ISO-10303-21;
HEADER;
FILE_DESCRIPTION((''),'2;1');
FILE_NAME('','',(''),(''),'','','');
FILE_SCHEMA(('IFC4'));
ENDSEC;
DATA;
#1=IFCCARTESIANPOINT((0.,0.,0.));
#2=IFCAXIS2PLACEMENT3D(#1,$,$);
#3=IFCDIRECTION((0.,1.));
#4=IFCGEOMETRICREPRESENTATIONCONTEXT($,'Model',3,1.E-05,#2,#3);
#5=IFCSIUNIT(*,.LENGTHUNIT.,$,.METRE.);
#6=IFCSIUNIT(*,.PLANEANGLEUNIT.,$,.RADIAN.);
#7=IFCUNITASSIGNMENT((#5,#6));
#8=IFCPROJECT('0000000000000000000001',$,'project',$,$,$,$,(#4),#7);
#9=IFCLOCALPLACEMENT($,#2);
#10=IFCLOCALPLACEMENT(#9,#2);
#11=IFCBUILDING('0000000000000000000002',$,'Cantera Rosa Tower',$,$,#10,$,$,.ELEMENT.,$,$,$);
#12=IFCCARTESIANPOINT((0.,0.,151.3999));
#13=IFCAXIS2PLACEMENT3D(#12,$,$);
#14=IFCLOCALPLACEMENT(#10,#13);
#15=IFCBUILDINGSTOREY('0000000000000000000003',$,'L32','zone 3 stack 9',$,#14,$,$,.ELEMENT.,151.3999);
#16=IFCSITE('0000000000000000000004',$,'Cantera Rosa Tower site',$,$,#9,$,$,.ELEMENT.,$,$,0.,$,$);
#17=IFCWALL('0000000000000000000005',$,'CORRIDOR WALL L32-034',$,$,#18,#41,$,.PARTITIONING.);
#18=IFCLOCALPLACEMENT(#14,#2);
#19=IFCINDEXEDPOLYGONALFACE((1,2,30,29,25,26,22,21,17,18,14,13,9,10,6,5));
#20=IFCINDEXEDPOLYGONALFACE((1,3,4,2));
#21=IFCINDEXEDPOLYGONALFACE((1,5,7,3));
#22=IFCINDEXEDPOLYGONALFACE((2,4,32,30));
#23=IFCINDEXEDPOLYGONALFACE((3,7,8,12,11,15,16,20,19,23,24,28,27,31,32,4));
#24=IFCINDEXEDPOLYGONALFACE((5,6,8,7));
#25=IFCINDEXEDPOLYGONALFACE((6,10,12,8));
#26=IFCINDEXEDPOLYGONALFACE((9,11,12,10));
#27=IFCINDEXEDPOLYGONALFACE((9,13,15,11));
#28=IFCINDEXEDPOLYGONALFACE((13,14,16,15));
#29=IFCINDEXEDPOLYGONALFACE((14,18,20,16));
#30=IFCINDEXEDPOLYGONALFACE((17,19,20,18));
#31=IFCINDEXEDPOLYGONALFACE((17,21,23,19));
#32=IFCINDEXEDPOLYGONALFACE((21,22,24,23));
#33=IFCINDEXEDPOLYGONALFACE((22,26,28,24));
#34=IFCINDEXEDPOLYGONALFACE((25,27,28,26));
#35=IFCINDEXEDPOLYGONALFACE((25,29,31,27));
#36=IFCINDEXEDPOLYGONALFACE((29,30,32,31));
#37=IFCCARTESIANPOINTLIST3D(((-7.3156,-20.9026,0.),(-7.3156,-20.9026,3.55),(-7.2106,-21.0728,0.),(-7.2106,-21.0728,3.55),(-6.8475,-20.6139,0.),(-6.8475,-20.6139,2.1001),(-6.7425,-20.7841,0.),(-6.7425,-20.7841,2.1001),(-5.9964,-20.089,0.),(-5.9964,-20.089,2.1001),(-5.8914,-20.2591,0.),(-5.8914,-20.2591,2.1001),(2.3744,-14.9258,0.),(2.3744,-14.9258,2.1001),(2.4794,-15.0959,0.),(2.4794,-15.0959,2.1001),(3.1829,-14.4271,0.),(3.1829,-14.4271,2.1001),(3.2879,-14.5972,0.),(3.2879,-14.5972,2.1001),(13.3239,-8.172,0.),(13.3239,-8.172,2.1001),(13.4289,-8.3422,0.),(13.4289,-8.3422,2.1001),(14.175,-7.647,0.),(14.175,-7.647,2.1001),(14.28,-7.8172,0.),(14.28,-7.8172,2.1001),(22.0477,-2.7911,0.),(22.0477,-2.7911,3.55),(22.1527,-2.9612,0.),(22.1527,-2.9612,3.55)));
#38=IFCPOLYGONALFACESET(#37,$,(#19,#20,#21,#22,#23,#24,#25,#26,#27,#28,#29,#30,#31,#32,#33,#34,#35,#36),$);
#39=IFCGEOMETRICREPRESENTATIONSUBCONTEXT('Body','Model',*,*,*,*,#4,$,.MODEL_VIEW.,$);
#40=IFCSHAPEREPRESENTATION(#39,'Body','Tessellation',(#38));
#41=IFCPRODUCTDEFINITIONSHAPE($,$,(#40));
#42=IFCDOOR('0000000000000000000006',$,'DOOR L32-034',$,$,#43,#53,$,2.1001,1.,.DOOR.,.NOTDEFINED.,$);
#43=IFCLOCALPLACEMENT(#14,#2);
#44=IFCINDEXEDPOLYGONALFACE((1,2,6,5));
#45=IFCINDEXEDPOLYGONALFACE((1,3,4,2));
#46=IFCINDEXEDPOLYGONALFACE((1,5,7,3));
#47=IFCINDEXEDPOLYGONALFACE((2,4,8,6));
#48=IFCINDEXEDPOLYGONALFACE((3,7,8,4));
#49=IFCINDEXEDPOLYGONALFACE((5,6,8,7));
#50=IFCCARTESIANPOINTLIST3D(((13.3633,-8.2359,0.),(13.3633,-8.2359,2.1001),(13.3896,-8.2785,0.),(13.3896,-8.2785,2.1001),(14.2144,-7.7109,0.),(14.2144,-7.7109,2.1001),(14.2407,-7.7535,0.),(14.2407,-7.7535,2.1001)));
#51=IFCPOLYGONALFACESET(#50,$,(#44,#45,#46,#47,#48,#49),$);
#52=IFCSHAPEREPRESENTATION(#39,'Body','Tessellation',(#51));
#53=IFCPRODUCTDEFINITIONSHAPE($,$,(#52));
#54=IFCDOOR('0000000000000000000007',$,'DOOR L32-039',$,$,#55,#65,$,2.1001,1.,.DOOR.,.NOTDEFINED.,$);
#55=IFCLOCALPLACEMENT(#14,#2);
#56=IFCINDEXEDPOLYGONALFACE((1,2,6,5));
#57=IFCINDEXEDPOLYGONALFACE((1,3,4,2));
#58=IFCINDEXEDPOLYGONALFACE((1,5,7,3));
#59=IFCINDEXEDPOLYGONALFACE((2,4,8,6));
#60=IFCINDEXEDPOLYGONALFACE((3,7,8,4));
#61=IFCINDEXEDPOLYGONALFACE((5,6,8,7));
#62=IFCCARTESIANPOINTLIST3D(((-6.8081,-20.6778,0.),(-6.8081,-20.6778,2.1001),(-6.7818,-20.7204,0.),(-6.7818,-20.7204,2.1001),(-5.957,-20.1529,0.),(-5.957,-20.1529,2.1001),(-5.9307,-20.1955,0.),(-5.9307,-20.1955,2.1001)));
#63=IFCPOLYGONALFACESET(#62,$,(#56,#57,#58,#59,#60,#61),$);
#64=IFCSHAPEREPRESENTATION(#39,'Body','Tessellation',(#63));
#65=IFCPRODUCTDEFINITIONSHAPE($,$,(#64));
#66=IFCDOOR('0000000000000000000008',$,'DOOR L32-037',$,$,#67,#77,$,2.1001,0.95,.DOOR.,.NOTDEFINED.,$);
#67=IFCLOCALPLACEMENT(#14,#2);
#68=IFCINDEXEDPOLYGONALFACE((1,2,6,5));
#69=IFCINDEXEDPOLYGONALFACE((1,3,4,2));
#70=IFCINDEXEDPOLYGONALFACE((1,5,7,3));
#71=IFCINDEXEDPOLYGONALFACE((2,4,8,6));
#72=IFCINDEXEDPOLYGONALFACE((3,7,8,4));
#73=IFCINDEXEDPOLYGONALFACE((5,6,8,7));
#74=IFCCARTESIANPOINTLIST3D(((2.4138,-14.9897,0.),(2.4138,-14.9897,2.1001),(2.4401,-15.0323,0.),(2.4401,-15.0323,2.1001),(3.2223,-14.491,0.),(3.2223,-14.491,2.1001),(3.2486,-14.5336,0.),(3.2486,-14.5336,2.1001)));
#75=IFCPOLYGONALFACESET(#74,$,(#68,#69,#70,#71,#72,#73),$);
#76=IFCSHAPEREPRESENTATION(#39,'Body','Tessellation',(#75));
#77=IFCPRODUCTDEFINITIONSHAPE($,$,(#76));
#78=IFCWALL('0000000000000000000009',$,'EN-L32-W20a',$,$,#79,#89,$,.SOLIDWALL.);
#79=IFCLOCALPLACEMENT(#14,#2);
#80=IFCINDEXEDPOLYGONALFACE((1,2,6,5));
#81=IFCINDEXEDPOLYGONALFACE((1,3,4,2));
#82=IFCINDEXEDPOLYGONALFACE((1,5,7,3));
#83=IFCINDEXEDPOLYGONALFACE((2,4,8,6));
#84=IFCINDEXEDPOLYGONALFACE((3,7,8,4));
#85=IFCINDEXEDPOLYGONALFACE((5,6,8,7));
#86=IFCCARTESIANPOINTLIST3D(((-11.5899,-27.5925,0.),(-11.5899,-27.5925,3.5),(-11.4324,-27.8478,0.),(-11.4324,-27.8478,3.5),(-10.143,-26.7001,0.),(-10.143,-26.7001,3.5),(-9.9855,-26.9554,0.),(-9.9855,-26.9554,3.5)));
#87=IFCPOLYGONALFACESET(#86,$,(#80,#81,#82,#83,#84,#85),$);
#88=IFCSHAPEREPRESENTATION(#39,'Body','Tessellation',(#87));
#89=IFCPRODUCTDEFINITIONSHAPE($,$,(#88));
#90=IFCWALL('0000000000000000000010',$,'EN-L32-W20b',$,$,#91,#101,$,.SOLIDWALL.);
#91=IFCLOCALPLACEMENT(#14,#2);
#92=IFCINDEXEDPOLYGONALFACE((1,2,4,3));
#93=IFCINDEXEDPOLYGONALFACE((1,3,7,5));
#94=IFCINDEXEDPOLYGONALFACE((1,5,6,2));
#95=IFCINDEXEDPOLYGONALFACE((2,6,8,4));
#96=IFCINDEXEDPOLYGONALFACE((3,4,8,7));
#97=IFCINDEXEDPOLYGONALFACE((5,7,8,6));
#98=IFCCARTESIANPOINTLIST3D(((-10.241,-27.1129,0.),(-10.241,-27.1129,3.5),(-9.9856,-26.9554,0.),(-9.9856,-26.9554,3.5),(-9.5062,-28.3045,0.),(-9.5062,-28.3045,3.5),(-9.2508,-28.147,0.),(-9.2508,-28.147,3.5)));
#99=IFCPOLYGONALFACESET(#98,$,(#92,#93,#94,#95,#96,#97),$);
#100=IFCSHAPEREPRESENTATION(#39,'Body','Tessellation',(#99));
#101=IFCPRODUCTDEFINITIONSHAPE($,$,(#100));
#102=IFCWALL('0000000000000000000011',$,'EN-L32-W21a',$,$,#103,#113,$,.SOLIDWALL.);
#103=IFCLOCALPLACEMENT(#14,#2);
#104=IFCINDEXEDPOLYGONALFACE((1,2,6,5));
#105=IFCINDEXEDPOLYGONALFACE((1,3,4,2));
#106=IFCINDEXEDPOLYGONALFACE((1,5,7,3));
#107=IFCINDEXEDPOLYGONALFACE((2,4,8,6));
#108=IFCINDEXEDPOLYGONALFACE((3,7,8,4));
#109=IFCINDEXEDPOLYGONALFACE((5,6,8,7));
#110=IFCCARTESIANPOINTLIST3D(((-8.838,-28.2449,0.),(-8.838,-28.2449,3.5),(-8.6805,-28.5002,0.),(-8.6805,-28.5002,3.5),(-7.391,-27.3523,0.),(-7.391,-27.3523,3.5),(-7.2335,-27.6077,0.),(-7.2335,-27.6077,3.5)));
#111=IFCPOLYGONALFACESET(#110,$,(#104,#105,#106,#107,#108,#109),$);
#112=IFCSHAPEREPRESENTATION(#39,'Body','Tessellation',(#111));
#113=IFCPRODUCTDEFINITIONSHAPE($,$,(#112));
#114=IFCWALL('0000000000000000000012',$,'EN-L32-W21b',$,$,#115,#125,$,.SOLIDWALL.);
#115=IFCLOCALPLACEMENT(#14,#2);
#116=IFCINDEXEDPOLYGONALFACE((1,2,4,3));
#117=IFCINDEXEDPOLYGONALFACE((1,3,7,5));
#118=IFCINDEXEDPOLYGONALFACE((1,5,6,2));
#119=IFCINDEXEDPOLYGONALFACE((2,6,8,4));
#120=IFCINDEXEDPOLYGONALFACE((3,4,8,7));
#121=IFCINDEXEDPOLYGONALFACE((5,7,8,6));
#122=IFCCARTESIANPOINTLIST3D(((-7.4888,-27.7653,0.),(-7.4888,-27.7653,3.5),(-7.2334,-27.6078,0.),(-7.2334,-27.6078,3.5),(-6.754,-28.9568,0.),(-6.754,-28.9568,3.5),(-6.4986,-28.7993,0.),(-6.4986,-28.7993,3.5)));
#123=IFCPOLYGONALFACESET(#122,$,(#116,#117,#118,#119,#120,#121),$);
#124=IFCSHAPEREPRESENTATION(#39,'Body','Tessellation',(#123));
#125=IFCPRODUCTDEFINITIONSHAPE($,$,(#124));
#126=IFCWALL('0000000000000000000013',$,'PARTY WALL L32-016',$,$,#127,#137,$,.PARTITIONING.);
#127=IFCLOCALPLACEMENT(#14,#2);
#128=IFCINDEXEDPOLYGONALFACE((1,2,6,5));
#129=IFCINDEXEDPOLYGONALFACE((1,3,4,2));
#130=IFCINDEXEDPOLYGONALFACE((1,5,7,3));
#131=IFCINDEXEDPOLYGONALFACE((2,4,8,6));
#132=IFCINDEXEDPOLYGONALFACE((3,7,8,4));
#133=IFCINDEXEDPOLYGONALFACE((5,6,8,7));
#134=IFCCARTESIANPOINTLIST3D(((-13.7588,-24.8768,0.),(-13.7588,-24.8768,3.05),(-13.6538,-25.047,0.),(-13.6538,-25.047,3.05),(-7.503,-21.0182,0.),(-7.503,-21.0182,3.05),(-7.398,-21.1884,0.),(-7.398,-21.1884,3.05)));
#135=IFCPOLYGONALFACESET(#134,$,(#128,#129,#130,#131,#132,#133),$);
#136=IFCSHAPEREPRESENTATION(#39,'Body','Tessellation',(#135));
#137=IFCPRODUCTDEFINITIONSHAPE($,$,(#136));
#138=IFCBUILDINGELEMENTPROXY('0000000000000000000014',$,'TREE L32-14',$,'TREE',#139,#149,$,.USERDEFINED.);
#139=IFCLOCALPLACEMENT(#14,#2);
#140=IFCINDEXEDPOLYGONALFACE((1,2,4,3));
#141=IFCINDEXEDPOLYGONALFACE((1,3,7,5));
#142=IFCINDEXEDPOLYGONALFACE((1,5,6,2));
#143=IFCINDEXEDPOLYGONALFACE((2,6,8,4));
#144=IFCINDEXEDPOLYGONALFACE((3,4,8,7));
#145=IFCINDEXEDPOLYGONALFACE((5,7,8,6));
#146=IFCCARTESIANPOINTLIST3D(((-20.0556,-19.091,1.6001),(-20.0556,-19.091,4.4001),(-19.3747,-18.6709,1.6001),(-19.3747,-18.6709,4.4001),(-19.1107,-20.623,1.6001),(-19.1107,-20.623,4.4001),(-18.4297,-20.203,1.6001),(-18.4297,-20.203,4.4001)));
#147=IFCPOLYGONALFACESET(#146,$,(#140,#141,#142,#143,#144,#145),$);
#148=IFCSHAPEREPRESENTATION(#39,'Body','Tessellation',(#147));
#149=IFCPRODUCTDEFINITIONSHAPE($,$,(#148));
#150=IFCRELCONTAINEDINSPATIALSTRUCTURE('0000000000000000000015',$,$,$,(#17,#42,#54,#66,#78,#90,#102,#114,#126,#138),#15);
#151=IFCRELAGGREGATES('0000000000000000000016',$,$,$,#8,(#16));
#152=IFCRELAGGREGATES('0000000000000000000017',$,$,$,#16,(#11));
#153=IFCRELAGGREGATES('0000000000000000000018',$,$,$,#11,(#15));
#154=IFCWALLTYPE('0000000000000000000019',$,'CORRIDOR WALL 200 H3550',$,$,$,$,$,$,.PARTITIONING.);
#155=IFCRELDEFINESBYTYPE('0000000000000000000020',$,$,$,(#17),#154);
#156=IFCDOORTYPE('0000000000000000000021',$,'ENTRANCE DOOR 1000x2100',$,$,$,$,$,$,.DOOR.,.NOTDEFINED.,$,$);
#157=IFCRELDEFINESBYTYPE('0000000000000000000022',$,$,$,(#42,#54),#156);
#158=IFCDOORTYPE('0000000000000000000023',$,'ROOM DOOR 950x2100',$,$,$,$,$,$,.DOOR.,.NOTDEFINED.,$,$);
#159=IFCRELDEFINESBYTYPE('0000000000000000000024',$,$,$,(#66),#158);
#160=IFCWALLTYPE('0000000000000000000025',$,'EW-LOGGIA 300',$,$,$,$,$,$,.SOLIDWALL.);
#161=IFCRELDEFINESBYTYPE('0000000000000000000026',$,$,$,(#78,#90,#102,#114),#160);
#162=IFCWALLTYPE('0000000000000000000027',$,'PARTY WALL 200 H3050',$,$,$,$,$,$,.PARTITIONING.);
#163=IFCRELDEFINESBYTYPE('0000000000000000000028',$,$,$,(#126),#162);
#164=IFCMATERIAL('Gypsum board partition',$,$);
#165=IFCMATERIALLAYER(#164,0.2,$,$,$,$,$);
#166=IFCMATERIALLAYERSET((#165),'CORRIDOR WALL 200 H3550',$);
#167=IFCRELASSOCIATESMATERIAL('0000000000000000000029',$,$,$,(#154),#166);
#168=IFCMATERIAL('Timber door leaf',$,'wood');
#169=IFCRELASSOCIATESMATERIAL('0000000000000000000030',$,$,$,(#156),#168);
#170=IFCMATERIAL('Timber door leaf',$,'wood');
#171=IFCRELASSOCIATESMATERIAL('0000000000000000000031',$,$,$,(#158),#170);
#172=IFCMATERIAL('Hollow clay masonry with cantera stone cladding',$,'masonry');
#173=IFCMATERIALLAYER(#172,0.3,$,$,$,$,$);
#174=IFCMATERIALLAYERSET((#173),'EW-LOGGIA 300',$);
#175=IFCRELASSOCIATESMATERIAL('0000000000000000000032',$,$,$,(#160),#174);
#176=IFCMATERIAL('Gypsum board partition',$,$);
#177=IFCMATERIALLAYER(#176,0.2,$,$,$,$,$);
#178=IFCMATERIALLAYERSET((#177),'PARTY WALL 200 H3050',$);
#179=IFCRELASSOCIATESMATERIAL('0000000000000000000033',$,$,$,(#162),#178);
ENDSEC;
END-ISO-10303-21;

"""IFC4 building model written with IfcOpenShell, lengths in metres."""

from ifc_helpers import new_model, si_unit, direction, frame, frame_2d, origin, origin_2d, place, context, subcontext, project, spatial, rectangle, extrude, material, layer, layer_set, type_object, element, fill, save


model = new_model("IFC4")

# Units and contexts
model_context = context("Model", 3, precision=1e-05, world=origin(), true_north=direction((0.0, 1.0)))
body_context = subcontext(model_context, "Body", "Model", "MODEL_VIEW")
ifc_project = project(units=[si_unit("LENGTHUNIT", "METRE"), si_unit("PLANEANGLEUNIT", "RADIAN")], contexts=[model_context])

# Site, building, storey
site_placement = place(None, origin())
site = spatial("IfcSite", under=ifc_project, at=site_placement, Name="Cantera Rosa Tower site", CompositionType="ELEMENT", RefElevation=0.0)
building_placement = place(site_placement, origin())
building = spatial("IfcBuilding", under=site, at=building_placement, Name="Cantera Rosa Tower", CompositionType="ELEMENT")
storey_placement = place(building_placement, frame((0.0, 0.0, 151.3999)))
storey = spatial("IfcBuildingStorey", under=building, at=storey_placement, Name="L32", Description="zone 3 stack 9", CompositionType="ELEMENT", Elevation=151.3999)

# Wall, openings, doors
ifc_material_1 = material(Name="Gypsum board partition")
ifc_layer_1 = layer(ifc_material_1, 0.2)
ifc_layer_set_1 = layer_set([ifc_layer_1], Name="CORRIDOR WALL 200 H3550")
wall_type_1 = type_object("IfcWallType", Name="CORRIDOR WALL 200 H3550", PredefinedType="PARTITIONING", material=ifc_layer_set_1)
wall_1_placement = place(storey_placement, frame((-7.2632, -20.9878, 0.0), z_axis=(0.0, 0.0, 1.0), x_axis=(0.851116, 0.524977, 0.0)))
wall_1 = element("IfcWall", 1, at=wall_1_placement, inside=storey, type_object=wall_type_1, Name="CORRIDOR WALL L32-034", PredefinedType="PARTITIONING", context=body_context, shape_type="SweptSolid", body=[
    extrude(rectangle(XDim=34.4998, YDim=0.2, at=frame_2d((17.25, 0.0))), origin(), (0.0, 0.0, 1.0), 3.55),
])
opening_1_placement = place(wall_1_placement, frame((24.25, 0.0, 0.0)))
opening_1 = element("IfcOpeningElement", 2, at=opening_1_placement, cuts=wall_1, PredefinedType="OPENING", context=body_context, shape_type="SweptSolid", body=[
    extrude(rectangle(XDim=1.0, YDim=2.1001, at=frame_2d((0.5, 1.05))), frame((0.0, 0.1099, 0.0), z_axis=(0.0, -1.0, 0.0), x_axis=(1.0, 0.0, 0.0)), (0.0, 0.0, 1.0), 0.22),
])
opening_2_placement = place(wall_1_placement, frame((11.385, 0.0, 0.0)))
opening_2 = element("IfcOpeningElement", 3, at=opening_2_placement, cuts=wall_1, PredefinedType="OPENING", context=body_context, shape_type="SweptSolid", body=[
    extrude(rectangle(XDim=0.95, YDim=2.1001, at=frame_2d((0.4751, 1.05))), frame((0.0, 0.1099, 0.0), z_axis=(0.0, -1.0, 0.0), x_axis=(1.0, 0.0, 0.0)), (0.0, 0.0, 1.0), 0.22),
])
opening_3_placement = place(wall_1_placement, frame((0.55, 0.0, 0.0)))
opening_3 = element("IfcOpeningElement", 4, at=opening_3_placement, cuts=wall_1, PredefinedType="OPENING", context=body_context, shape_type="SweptSolid", body=[
    extrude(rectangle(XDim=1.0, YDim=2.1001, at=frame_2d((0.5, 1.05))), frame((0.0, 0.1099, 0.0), z_axis=(0.0, -1.0, 0.0), x_axis=(1.0, 0.0, 0.0)), (0.0, 0.0, 1.0), 0.22),
])
ifc_material_2 = material(Name="Timber door leaf", Category="wood")
door_type_1 = type_object("IfcDoorType", Name="ENTRANCE DOOR 1000x2100", OperationType="NOTDEFINED", PredefinedType="DOOR", material=ifc_material_2)
door_1_placement = place(opening_1_placement, origin())
door_1 = element("IfcDoor", 5, at=door_1_placement, inside=storey, type_object=door_type_1, Name="DOOR L32-034", OperationType="NOTDEFINED", OverallHeight=2.1001, OverallWidth=1.0, PredefinedType="DOOR", context=body_context, shape_type="SweptSolid", body=[
    extrude(rectangle(XDim=1.0, YDim=2.1001, at=frame_2d((0.5, 1.05))), frame((0.0, 0.0249, 0.0), z_axis=(0.0, -1.0, 0.0), x_axis=(1.0, 0.0, 0.0)), (0.0, 0.0, 1.0), 0.05),
])
fill(opening_1, door_1)
door_2_placement = place(opening_3_placement, origin())
door_2 = element("IfcDoor", 6, at=door_2_placement, inside=storey, type_object=door_type_1, Name="DOOR L32-039", OperationType="NOTDEFINED", OverallHeight=2.1001, OverallWidth=1.0, PredefinedType="DOOR", context=body_context, shape_type="SweptSolid", body=[
    extrude(rectangle(XDim=1.0, YDim=2.1001, at=frame_2d((0.5, 1.05))), frame((0.0, 0.0249, 0.0), z_axis=(0.0, -1.0, 0.0), x_axis=(1.0, 0.0, 0.0)), (0.0, 0.0, 1.0), 0.05),
])
fill(opening_3, door_2)
ifc_material_3 = material(Name="Timber door leaf", Category="wood")
door_type_2 = type_object("IfcDoorType", Name="ROOM DOOR 950x2100", OperationType="NOTDEFINED", PredefinedType="DOOR", material=ifc_material_3)
door_3_placement = place(opening_2_placement, origin())
door_3 = element("IfcDoor", 7, at=door_3_placement, inside=storey, type_object=door_type_2, Name="DOOR L32-037", OperationType="NOTDEFINED", OverallHeight=2.1001, OverallWidth=0.95, PredefinedType="DOOR", context=body_context, shape_type="SweptSolid", body=[
    extrude(rectangle(XDim=0.95, YDim=2.1001, at=frame_2d((0.4751, 1.05))), frame((0.0, 0.0249, 0.0), z_axis=(0.0, -1.0, 0.0), x_axis=(1.0, 0.0, 0.0)), (0.0, 0.0, 1.0), 0.05),
])
fill(opening_2, door_3)

# Walls
ifc_material_4 = material(Name="Hollow clay masonry with cantera stone cladding", Category="masonry")
ifc_layer_2 = layer(ifc_material_4, 0.3)
ifc_layer_set_2 = layer_set([ifc_layer_2], Name="EW-LOGGIA 300")
wall_type_2 = type_object("IfcWallType", Name="EW-LOGGIA 300", PredefinedType="SOLIDWALL", material=ifc_layer_set_2)
wall_2_placement = place(storey_placement, frame((-11.5112, -27.7202, 0.0), z_axis=(0.0, 0.0, 1.0), x_axis=(0.85113, 0.524955, 0.0)))
element("IfcWall", 8, at=wall_2_placement, inside=storey, type_object=wall_type_2, Name="EN-L32-W20a", PredefinedType="SOLIDWALL", context=body_context, shape_type="SweptSolid", body=[
    extrude(rectangle(XDim=1.7, YDim=0.3, at=frame_2d((0.8501, 0.0))), origin(), (0.0, 0.0, 1.0), 3.5),
])
wall_3_placement = place(storey_placement, frame((-10.1133, -27.0342, 0.0), z_axis=(0.0, 0.0, 1.0), x_axis=(0.524895, -0.851167, 0.0)))
element("IfcWall", 9, at=wall_3_placement, inside=storey, type_object=wall_type_2, Name="EN-L32-W20b", PredefinedType="SOLIDWALL", context=body_context, shape_type="SweptSolid", body=[
    extrude(rectangle(XDim=1.3999, YDim=0.3, at=frame_2d((0.7, 0.0))), origin(), (0.0, 0.0, 1.0), 3.5),
])
wall_4_placement = place(storey_placement, frame((-8.7593, -28.3726, 0.0), z_axis=(0.0, 0.0, 1.0), x_axis=(0.851106, 0.524994, 0.0)))
element("IfcWall", 10, at=wall_4_placement, inside=storey, type_object=wall_type_2, Name="EN-L32-W21a", PredefinedType="SOLIDWALL", context=body_context, shape_type="SweptSolid", body=[
    extrude(rectangle(XDim=1.7002, YDim=0.3, at=frame_2d((0.8501, 0.0))), origin(), (0.0, 0.0, 1.0), 3.5),
])
wall_5_placement = place(storey_placement, frame((-7.3611, -27.6865, 0.0), z_axis=(0.0, 0.0, 1.0), x_axis=(0.524895, -0.851167, 0.0)))
element("IfcWall", 11, at=wall_5_placement, inside=storey, type_object=wall_type_2, Name="EN-L32-W21b", PredefinedType="SOLIDWALL", context=body_context, shape_type="SweptSolid", body=[
    extrude(rectangle(XDim=1.3999, YDim=0.3, at=frame_2d((0.7, 0.0))), origin(), (0.0, 0.0, 1.0), 3.5),
])

# Wall
ifc_material_5 = material(Name="Gypsum board partition")
ifc_layer_3 = layer(ifc_material_5, 0.2)
ifc_layer_set_3 = layer_set([ifc_layer_3], Name="PARTY WALL 200 H3050")
wall_type_3 = type_object("IfcWallType", Name="PARTY WALL 200 H3050", PredefinedType="PARTITIONING", material=ifc_layer_set_3)
wall_6_placement = place(storey_placement, frame((-13.7063, -24.9619, 0.0), z_axis=(0.0, 0.0, 1.0), x_axis=(0.851118, 0.524974, 0.0)))
element("IfcWall", 12, at=wall_6_placement, inside=storey, type_object=wall_type_3, Name="PARTY WALL L32-016", PredefinedType="PARTITIONING", context=body_context, shape_type="SweptSolid", body=[
    extrude(rectangle(XDim=7.3501, YDim=0.2, at=frame_2d((3.675, 0.0))), origin(), (0.0, 0.0, 1.0), 3.05),
])

# Building element proxy
proxy_placement = place(storey_placement, frame((-19.2427, -19.647, 1.6001), z_axis=(0.0, 0.0, 1.0), x_axis=(0.524977, -0.851117, 0.0)))
element("IfcBuildingElementProxy", 13, at=proxy_placement, inside=storey, Name="TREE L32-14", ObjectType="TREE", PredefinedType="USERDEFINED", context=body_context, shape_type="SweptSolid", body=[
    extrude(rectangle(XDim=1.8, YDim=0.8, at=origin_2d()), origin(), (0.0, 0.0, 1.0), 2.8),
])

save(model, "model.ifc")
